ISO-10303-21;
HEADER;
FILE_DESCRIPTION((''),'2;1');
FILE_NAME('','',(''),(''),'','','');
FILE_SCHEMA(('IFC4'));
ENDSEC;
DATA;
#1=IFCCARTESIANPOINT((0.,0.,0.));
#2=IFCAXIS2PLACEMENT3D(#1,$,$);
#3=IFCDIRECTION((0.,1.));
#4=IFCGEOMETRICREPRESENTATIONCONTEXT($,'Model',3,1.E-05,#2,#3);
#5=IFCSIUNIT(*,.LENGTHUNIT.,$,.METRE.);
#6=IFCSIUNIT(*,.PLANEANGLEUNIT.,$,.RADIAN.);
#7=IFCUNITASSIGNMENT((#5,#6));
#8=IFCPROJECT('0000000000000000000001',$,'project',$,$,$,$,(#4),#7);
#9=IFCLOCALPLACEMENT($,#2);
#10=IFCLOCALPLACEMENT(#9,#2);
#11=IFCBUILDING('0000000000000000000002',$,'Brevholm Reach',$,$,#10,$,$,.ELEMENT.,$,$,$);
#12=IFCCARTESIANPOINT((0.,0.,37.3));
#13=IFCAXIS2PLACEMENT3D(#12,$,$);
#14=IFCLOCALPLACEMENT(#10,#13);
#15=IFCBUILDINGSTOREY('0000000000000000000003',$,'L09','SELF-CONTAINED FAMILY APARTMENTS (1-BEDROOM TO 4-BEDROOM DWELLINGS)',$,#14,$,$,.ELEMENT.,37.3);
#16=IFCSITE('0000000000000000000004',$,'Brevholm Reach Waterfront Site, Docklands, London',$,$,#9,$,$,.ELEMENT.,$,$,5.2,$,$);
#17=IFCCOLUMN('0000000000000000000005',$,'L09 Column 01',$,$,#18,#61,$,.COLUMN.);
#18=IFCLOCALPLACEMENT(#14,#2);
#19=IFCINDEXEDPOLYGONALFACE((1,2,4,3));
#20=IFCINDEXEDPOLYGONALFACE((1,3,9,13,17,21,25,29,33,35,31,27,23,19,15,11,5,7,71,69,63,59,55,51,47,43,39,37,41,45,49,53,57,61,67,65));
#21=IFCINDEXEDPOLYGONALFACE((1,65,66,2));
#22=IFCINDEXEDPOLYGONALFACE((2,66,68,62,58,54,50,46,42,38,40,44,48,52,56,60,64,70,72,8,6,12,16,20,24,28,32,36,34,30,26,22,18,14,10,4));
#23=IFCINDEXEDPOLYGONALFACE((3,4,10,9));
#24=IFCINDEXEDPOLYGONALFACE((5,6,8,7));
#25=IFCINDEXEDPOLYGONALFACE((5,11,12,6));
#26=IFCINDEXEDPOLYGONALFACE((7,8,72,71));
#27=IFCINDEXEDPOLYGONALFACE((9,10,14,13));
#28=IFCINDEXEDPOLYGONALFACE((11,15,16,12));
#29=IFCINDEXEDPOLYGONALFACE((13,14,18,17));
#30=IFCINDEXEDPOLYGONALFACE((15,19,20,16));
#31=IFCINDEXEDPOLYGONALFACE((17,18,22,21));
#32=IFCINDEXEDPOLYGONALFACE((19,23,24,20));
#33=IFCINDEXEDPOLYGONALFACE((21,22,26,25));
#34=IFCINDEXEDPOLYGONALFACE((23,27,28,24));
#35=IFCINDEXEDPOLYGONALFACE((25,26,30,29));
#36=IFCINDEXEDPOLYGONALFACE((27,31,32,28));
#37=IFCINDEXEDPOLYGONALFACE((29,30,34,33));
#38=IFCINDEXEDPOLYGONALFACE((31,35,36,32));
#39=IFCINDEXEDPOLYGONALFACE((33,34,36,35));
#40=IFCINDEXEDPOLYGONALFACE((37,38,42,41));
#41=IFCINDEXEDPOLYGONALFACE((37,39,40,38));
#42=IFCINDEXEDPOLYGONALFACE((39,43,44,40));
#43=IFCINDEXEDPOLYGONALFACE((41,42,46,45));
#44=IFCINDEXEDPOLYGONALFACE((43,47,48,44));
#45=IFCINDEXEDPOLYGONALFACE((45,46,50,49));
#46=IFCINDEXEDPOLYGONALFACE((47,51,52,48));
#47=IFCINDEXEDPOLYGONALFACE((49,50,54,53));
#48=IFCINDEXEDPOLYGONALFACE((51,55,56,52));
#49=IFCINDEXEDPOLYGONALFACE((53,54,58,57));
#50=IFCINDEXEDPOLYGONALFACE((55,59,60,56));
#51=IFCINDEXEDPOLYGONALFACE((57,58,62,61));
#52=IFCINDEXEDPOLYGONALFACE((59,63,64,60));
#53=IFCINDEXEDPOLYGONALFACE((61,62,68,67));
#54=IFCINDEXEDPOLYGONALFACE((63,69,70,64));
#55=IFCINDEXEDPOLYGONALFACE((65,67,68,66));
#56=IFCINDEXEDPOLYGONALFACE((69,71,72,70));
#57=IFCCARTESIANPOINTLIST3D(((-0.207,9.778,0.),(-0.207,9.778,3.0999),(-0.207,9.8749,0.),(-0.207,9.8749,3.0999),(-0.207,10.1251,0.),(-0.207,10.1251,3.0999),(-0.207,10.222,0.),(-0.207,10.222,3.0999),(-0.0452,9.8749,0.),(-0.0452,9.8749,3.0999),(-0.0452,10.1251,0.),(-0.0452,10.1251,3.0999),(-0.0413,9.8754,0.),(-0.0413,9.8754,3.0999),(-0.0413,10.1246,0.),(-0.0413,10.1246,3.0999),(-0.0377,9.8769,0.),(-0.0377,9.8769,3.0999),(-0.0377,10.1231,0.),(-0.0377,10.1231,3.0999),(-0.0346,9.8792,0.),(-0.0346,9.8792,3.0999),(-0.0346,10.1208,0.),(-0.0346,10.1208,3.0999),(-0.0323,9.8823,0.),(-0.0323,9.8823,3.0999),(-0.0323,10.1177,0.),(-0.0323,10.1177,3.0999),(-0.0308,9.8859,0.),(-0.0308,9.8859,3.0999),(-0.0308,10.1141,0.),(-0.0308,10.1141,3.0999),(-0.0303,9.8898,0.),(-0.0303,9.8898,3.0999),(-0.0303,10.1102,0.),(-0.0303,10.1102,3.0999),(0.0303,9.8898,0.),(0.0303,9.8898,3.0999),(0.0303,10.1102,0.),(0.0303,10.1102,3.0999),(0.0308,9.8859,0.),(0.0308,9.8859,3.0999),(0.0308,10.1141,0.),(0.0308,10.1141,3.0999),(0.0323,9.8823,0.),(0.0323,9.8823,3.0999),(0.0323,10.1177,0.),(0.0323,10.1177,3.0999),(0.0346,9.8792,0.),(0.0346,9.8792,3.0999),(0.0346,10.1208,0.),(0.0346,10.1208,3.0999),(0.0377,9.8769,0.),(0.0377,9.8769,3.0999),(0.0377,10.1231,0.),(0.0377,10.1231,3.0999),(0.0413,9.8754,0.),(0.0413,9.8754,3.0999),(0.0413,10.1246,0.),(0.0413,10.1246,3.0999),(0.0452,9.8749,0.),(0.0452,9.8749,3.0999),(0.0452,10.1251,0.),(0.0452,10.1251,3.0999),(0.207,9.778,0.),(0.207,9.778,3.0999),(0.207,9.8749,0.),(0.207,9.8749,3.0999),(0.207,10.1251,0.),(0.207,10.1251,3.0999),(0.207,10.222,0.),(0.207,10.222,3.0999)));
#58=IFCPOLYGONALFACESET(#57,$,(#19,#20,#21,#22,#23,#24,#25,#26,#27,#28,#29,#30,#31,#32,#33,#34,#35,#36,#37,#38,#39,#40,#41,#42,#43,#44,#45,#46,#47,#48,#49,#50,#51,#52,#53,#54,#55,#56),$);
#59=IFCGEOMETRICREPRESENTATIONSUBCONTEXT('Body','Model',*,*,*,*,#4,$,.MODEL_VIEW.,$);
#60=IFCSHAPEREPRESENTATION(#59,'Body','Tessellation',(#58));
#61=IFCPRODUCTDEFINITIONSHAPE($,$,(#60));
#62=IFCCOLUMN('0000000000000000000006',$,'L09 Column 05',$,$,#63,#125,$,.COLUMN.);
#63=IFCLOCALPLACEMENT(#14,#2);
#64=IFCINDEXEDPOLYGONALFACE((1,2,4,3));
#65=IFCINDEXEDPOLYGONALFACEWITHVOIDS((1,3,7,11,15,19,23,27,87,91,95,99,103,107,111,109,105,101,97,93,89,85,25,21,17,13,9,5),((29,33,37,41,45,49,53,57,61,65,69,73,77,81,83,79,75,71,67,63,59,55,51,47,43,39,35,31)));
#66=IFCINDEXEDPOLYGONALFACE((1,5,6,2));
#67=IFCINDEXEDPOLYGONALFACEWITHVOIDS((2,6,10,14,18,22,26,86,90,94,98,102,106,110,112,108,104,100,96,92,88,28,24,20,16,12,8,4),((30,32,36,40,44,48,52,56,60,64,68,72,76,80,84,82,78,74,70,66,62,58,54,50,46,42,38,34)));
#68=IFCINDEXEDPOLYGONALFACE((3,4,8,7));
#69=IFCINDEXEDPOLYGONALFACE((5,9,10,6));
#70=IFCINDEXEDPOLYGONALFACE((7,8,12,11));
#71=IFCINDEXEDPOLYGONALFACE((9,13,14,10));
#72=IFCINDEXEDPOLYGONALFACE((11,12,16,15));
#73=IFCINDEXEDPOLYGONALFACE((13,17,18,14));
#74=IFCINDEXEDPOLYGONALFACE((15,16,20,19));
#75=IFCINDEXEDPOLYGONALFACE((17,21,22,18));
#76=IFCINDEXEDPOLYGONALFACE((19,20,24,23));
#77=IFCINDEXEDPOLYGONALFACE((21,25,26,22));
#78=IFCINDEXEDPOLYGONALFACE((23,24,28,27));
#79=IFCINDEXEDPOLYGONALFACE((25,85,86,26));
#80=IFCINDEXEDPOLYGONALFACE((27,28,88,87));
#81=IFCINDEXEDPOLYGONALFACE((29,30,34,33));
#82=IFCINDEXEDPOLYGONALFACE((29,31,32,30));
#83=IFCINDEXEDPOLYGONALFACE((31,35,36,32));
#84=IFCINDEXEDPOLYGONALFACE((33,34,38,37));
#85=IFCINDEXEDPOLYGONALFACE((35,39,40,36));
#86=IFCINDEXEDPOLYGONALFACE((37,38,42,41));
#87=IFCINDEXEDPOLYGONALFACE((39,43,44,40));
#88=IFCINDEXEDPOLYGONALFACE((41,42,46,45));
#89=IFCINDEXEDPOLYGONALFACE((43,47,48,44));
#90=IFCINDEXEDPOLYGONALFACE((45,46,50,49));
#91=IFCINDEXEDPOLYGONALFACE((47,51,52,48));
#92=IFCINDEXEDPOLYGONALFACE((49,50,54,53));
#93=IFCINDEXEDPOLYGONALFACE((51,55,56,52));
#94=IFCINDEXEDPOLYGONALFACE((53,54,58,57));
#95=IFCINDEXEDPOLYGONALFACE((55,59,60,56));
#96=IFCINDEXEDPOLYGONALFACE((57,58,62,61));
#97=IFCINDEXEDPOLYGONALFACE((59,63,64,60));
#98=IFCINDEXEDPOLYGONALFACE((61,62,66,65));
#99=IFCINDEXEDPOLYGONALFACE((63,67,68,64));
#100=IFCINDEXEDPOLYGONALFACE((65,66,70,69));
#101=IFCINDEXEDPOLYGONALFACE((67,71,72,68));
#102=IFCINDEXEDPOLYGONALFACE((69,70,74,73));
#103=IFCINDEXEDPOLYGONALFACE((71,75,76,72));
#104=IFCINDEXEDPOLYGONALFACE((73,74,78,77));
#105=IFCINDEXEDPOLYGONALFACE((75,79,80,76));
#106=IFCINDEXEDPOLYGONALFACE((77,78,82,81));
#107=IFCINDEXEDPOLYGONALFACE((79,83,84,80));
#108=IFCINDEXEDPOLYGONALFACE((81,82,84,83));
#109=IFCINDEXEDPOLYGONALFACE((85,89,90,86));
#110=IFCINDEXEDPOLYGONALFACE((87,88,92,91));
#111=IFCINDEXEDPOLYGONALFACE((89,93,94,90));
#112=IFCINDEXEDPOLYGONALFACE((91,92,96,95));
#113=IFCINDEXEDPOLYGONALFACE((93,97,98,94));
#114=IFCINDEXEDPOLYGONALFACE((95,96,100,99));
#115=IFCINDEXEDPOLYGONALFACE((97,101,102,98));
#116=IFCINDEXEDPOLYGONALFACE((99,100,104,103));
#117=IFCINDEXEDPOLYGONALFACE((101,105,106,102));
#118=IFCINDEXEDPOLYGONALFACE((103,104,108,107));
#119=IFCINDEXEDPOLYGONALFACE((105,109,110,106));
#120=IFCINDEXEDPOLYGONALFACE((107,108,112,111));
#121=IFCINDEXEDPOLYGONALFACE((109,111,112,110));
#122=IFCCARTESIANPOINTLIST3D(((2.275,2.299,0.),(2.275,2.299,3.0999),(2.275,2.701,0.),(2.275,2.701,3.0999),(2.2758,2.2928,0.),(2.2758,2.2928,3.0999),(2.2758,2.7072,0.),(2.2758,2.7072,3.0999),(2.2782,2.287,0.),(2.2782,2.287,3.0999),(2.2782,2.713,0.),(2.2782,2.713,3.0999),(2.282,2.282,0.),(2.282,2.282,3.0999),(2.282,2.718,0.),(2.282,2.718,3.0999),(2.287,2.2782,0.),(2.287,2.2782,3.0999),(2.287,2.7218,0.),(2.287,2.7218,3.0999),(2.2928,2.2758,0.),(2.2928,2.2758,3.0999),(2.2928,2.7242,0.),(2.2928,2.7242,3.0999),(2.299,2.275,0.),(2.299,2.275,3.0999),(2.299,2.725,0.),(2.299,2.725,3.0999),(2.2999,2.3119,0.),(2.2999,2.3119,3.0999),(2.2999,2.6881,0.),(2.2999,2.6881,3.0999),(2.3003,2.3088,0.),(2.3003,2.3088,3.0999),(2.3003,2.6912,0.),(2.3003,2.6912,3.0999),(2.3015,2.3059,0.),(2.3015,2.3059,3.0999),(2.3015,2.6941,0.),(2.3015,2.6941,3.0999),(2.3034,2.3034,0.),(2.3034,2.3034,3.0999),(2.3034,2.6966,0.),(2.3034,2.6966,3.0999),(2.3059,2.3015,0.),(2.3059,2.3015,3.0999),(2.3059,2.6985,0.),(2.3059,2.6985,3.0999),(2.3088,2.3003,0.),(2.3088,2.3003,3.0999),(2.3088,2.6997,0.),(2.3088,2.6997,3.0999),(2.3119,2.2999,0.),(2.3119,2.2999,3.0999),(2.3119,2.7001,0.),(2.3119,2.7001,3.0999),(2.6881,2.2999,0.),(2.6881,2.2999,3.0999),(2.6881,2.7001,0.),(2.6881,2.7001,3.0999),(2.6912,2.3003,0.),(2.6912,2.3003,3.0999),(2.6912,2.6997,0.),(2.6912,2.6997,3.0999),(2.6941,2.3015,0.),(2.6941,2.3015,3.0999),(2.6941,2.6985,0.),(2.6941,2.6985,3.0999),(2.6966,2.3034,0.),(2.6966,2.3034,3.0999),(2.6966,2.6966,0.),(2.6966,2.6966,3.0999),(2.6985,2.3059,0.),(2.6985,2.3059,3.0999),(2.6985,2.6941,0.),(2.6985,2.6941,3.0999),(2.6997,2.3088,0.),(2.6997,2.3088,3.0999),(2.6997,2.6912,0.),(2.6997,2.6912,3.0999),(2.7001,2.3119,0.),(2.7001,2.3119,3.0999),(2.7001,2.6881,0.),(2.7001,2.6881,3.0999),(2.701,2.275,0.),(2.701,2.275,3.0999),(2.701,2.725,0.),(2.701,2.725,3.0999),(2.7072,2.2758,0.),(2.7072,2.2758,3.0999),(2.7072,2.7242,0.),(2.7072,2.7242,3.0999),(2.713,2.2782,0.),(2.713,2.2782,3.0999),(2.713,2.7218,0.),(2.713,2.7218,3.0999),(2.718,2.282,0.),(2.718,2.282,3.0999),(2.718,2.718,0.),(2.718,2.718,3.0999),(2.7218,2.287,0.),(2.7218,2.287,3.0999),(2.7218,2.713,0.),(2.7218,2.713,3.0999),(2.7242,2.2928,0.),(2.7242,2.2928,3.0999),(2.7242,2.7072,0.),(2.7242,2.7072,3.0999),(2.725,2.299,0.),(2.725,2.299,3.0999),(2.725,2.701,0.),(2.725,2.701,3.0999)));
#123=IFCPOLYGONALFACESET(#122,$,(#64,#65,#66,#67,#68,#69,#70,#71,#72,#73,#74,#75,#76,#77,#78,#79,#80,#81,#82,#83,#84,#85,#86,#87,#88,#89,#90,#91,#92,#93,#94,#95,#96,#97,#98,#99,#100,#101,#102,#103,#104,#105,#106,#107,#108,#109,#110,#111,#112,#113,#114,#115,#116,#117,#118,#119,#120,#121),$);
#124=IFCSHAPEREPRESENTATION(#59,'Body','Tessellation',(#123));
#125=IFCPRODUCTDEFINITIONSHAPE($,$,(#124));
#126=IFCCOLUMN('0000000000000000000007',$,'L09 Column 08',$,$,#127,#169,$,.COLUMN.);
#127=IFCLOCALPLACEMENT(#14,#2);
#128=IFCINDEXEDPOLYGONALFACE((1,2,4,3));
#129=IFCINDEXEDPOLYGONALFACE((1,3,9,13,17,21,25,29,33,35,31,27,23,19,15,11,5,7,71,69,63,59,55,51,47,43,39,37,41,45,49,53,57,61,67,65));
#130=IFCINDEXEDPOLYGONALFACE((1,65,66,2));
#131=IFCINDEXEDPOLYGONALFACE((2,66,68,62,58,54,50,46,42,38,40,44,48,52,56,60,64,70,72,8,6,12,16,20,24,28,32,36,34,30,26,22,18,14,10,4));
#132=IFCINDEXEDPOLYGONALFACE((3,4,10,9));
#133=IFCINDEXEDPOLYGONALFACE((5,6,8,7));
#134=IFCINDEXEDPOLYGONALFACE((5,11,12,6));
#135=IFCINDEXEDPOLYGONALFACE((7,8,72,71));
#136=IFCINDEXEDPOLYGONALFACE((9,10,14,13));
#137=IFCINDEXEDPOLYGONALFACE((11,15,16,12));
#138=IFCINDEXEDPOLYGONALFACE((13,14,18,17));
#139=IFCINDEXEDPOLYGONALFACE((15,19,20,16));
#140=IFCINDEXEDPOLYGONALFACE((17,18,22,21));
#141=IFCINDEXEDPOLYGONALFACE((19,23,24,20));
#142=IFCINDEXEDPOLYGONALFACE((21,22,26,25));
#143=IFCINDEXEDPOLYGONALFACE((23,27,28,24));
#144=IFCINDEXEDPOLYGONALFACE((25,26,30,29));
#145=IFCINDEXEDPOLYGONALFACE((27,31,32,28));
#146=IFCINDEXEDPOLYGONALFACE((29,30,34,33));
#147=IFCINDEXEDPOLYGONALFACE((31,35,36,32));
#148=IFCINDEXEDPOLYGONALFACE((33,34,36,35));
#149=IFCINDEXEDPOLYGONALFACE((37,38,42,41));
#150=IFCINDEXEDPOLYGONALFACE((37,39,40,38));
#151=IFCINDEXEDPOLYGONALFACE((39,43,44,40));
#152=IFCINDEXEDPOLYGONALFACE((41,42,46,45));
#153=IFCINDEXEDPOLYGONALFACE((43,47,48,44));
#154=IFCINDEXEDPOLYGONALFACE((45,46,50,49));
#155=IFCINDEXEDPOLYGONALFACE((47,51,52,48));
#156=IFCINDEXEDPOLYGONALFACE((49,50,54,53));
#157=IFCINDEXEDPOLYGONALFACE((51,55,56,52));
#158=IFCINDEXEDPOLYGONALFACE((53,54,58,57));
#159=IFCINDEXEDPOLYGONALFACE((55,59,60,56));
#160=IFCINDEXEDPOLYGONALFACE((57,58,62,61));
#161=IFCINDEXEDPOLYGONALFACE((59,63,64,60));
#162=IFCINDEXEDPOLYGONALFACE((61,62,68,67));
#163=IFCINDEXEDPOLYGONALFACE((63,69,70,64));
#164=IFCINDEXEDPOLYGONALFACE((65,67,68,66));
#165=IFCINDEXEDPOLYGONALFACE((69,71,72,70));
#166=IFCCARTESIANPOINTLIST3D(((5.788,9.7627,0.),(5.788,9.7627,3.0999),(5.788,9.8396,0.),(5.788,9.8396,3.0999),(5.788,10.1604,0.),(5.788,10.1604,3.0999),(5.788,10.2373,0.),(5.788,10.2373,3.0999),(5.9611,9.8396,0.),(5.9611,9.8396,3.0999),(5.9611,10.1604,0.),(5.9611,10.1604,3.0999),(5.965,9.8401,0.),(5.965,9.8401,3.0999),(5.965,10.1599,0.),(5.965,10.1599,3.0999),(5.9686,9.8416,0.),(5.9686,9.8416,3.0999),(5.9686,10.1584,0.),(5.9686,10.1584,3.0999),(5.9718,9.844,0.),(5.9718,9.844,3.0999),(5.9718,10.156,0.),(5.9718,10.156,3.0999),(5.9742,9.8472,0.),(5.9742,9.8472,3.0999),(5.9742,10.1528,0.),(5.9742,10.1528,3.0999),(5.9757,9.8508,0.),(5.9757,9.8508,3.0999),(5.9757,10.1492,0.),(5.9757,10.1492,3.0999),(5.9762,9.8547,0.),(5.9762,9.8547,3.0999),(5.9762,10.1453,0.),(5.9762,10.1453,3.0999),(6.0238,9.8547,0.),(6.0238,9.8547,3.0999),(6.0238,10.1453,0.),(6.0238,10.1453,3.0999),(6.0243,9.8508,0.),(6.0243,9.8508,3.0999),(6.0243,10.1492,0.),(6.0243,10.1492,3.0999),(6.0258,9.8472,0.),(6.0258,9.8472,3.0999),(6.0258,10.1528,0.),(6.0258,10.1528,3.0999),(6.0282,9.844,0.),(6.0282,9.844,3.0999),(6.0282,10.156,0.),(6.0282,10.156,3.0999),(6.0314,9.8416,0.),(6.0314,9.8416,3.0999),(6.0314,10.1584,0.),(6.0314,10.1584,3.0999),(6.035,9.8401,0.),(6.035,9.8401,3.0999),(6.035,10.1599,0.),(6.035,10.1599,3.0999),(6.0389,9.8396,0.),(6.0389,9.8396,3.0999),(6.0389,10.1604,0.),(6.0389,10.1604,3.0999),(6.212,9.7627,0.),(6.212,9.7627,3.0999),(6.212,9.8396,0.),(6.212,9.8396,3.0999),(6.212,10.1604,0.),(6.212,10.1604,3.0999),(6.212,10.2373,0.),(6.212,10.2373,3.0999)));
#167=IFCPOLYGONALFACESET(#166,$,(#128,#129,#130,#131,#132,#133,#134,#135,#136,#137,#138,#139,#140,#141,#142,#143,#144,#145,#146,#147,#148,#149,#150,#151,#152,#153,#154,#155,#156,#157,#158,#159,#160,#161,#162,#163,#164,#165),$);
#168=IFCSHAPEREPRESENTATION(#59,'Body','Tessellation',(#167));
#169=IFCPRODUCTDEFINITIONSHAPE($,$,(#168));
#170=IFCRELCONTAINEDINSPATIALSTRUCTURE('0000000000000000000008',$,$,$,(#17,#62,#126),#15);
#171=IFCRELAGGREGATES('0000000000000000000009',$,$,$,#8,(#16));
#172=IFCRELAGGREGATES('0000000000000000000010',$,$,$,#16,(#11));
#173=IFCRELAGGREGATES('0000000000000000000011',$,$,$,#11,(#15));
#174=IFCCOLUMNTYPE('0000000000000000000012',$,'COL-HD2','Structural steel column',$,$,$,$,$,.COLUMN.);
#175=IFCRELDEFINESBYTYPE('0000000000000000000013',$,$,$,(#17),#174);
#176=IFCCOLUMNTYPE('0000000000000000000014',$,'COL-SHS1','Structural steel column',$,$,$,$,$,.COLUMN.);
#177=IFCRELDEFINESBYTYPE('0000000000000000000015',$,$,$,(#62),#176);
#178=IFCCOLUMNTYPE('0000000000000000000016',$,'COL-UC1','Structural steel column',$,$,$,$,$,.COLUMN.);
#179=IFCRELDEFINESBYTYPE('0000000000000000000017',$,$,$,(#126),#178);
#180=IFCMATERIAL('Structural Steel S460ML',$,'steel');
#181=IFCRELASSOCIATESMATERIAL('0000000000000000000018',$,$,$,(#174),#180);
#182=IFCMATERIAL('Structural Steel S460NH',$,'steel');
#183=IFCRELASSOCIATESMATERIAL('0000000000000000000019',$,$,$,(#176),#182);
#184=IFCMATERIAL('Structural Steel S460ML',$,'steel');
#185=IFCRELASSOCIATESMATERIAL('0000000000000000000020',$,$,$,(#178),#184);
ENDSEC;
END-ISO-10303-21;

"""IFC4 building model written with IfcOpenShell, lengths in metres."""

from ifc_helpers import new_model, si_unit, direction, frame, origin, origin_2d, place, context, subcontext, project, spatial, hollow_rectangle, i_section, extrude, material, material_profile, profile_set, type_object, element, save


model = new_model("IFC4")

# Units and contexts
model_context = context("Model", 3, precision=1e-05, world=origin(), true_north=direction((0.0, 1.0)))
body_context = subcontext(model_context, "Body", "Model", "MODEL_VIEW")
ifc_project = project(units=[si_unit("LENGTHUNIT", "METRE"), si_unit("PLANEANGLEUNIT", "RADIAN")], contexts=[model_context])

# Site, building, storey
site_placement = place(None, origin())
site = spatial("IfcSite", under=ifc_project, at=site_placement, Name="Brevholm Reach Waterfront Site, Docklands, London", CompositionType="ELEMENT", RefElevation=5.2)
building_placement = place(site_placement, origin())
building = spatial("IfcBuilding", under=site, at=building_placement, Name="Brevholm Reach", CompositionType="ELEMENT")
storey_placement = place(building_placement, frame((0.0, 0.0, 37.3)))
storey = spatial("IfcBuildingStorey", under=building, at=storey_placement, Name="L09", Description="SELF-CONTAINED FAMILY APARTMENTS (1-BEDROOM TO 4-BEDROOM DWELLINGS)", CompositionType="ELEMENT", Elevation=37.3)

# Columns
ifc_material_1 = material(Name="Structural Steel S460ML", Category="steel")
ifc_material_profile_1 = material_profile(ifc_material_1, i_section(OverallWidth=0.4141, OverallDepth=0.4441, WebThickness=0.0605, FlangeThickness=0.0969, FilletRadius=0.0149, at=origin_2d()), Name="HD 400x818")
ifc_profile_set_1 = profile_set([ifc_material_profile_1], Name="Structural Steel S460ML")
column_type_1 = type_object("IfcColumnType", Name="COL-HD2", Description="Structural steel column", PredefinedType="COLUMN", material=ifc_profile_set_1)
column_1_placement = place(storey_placement, frame((0.0, 10.0, 0.0), z_axis=(0.0, 0.0, 1.0), x_axis=(1.0, 0.0, 0.0)))
element("IfcColumn", 1, at=column_1_placement, inside=storey, type_object=column_type_1, Name="L09 Column 01", PredefinedType="COLUMN", context=body_context, shape_type="SweptSolid", body=[
    extrude(i_section(OverallWidth=0.4141, OverallDepth=0.4441, WebThickness=0.0605, FlangeThickness=0.0969, FilletRadius=0.0149, at=origin_2d()), origin(), (0.0, 0.0, 1.0), 3.0999),
])
ifc_material_2 = material(Name="Structural Steel S460NH", Category="steel")
ifc_material_profile_2 = material_profile(ifc_material_2, hollow_rectangle(XDim=0.45, YDim=0.45, WallThickness=0.0249, InnerFilletRadius=0.012, OuterFilletRadius=0.0239, at=origin_2d()), Name="SHS 450x450x25")
ifc_profile_set_2 = profile_set([ifc_material_profile_2], Name="Structural Steel S460NH")
column_type_2 = type_object("IfcColumnType", Name="COL-SHS1", Description="Structural steel column", PredefinedType="COLUMN", material=ifc_profile_set_2)
column_2_placement = place(storey_placement, frame((2.5, 2.5, 0.0), z_axis=(0.0, 0.0, 1.0), x_axis=(1.0, 0.0, 0.0)))
element("IfcColumn", 2, at=column_2_placement, inside=storey, type_object=column_type_2, Name="L09 Column 05", PredefinedType="COLUMN", context=body_context, shape_type="SweptSolid", body=[
    extrude(hollow_rectangle(XDim=0.45, YDim=0.45, WallThickness=0.0249, InnerFilletRadius=0.012, OuterFilletRadius=0.0239, at=origin_2d()), origin(), (0.0, 0.0, 1.0), 3.0999),
])
ifc_material_3 = material(Name="Structural Steel S460ML", Category="steel")
ifc_material_profile_3 = material_profile(ifc_material_3, i_section(OverallWidth=0.4241, OverallDepth=0.4746, WebThickness=0.0476, FlangeThickness=0.0769, FilletRadius=0.0151, at=origin_2d()), Name="UKC 356x406x634")
ifc_profile_set_3 = profile_set([ifc_material_profile_3], Name="Structural Steel S460ML")
column_type_3 = type_object("IfcColumnType", Name="COL-UC1", Description="Structural steel column", PredefinedType="COLUMN", material=ifc_profile_set_3)
column_3_placement = place(storey_placement, frame((6.0, 10.0, 0.0), z_axis=(0.0, 0.0, 1.0), x_axis=(1.0, 0.0, 0.0)))
element("IfcColumn", 3, at=column_3_placement, inside=storey, type_object=column_type_3, Name="L09 Column 08", PredefinedType="COLUMN", context=body_context, shape_type="SweptSolid", body=[
    extrude(i_section(OverallWidth=0.4241, OverallDepth=0.4746, WebThickness=0.0476, FlangeThickness=0.0769, FilletRadius=0.0151, at=origin_2d()), origin(), (0.0, 0.0, 1.0), 3.0999),
])

save(model, "model.ifc")
